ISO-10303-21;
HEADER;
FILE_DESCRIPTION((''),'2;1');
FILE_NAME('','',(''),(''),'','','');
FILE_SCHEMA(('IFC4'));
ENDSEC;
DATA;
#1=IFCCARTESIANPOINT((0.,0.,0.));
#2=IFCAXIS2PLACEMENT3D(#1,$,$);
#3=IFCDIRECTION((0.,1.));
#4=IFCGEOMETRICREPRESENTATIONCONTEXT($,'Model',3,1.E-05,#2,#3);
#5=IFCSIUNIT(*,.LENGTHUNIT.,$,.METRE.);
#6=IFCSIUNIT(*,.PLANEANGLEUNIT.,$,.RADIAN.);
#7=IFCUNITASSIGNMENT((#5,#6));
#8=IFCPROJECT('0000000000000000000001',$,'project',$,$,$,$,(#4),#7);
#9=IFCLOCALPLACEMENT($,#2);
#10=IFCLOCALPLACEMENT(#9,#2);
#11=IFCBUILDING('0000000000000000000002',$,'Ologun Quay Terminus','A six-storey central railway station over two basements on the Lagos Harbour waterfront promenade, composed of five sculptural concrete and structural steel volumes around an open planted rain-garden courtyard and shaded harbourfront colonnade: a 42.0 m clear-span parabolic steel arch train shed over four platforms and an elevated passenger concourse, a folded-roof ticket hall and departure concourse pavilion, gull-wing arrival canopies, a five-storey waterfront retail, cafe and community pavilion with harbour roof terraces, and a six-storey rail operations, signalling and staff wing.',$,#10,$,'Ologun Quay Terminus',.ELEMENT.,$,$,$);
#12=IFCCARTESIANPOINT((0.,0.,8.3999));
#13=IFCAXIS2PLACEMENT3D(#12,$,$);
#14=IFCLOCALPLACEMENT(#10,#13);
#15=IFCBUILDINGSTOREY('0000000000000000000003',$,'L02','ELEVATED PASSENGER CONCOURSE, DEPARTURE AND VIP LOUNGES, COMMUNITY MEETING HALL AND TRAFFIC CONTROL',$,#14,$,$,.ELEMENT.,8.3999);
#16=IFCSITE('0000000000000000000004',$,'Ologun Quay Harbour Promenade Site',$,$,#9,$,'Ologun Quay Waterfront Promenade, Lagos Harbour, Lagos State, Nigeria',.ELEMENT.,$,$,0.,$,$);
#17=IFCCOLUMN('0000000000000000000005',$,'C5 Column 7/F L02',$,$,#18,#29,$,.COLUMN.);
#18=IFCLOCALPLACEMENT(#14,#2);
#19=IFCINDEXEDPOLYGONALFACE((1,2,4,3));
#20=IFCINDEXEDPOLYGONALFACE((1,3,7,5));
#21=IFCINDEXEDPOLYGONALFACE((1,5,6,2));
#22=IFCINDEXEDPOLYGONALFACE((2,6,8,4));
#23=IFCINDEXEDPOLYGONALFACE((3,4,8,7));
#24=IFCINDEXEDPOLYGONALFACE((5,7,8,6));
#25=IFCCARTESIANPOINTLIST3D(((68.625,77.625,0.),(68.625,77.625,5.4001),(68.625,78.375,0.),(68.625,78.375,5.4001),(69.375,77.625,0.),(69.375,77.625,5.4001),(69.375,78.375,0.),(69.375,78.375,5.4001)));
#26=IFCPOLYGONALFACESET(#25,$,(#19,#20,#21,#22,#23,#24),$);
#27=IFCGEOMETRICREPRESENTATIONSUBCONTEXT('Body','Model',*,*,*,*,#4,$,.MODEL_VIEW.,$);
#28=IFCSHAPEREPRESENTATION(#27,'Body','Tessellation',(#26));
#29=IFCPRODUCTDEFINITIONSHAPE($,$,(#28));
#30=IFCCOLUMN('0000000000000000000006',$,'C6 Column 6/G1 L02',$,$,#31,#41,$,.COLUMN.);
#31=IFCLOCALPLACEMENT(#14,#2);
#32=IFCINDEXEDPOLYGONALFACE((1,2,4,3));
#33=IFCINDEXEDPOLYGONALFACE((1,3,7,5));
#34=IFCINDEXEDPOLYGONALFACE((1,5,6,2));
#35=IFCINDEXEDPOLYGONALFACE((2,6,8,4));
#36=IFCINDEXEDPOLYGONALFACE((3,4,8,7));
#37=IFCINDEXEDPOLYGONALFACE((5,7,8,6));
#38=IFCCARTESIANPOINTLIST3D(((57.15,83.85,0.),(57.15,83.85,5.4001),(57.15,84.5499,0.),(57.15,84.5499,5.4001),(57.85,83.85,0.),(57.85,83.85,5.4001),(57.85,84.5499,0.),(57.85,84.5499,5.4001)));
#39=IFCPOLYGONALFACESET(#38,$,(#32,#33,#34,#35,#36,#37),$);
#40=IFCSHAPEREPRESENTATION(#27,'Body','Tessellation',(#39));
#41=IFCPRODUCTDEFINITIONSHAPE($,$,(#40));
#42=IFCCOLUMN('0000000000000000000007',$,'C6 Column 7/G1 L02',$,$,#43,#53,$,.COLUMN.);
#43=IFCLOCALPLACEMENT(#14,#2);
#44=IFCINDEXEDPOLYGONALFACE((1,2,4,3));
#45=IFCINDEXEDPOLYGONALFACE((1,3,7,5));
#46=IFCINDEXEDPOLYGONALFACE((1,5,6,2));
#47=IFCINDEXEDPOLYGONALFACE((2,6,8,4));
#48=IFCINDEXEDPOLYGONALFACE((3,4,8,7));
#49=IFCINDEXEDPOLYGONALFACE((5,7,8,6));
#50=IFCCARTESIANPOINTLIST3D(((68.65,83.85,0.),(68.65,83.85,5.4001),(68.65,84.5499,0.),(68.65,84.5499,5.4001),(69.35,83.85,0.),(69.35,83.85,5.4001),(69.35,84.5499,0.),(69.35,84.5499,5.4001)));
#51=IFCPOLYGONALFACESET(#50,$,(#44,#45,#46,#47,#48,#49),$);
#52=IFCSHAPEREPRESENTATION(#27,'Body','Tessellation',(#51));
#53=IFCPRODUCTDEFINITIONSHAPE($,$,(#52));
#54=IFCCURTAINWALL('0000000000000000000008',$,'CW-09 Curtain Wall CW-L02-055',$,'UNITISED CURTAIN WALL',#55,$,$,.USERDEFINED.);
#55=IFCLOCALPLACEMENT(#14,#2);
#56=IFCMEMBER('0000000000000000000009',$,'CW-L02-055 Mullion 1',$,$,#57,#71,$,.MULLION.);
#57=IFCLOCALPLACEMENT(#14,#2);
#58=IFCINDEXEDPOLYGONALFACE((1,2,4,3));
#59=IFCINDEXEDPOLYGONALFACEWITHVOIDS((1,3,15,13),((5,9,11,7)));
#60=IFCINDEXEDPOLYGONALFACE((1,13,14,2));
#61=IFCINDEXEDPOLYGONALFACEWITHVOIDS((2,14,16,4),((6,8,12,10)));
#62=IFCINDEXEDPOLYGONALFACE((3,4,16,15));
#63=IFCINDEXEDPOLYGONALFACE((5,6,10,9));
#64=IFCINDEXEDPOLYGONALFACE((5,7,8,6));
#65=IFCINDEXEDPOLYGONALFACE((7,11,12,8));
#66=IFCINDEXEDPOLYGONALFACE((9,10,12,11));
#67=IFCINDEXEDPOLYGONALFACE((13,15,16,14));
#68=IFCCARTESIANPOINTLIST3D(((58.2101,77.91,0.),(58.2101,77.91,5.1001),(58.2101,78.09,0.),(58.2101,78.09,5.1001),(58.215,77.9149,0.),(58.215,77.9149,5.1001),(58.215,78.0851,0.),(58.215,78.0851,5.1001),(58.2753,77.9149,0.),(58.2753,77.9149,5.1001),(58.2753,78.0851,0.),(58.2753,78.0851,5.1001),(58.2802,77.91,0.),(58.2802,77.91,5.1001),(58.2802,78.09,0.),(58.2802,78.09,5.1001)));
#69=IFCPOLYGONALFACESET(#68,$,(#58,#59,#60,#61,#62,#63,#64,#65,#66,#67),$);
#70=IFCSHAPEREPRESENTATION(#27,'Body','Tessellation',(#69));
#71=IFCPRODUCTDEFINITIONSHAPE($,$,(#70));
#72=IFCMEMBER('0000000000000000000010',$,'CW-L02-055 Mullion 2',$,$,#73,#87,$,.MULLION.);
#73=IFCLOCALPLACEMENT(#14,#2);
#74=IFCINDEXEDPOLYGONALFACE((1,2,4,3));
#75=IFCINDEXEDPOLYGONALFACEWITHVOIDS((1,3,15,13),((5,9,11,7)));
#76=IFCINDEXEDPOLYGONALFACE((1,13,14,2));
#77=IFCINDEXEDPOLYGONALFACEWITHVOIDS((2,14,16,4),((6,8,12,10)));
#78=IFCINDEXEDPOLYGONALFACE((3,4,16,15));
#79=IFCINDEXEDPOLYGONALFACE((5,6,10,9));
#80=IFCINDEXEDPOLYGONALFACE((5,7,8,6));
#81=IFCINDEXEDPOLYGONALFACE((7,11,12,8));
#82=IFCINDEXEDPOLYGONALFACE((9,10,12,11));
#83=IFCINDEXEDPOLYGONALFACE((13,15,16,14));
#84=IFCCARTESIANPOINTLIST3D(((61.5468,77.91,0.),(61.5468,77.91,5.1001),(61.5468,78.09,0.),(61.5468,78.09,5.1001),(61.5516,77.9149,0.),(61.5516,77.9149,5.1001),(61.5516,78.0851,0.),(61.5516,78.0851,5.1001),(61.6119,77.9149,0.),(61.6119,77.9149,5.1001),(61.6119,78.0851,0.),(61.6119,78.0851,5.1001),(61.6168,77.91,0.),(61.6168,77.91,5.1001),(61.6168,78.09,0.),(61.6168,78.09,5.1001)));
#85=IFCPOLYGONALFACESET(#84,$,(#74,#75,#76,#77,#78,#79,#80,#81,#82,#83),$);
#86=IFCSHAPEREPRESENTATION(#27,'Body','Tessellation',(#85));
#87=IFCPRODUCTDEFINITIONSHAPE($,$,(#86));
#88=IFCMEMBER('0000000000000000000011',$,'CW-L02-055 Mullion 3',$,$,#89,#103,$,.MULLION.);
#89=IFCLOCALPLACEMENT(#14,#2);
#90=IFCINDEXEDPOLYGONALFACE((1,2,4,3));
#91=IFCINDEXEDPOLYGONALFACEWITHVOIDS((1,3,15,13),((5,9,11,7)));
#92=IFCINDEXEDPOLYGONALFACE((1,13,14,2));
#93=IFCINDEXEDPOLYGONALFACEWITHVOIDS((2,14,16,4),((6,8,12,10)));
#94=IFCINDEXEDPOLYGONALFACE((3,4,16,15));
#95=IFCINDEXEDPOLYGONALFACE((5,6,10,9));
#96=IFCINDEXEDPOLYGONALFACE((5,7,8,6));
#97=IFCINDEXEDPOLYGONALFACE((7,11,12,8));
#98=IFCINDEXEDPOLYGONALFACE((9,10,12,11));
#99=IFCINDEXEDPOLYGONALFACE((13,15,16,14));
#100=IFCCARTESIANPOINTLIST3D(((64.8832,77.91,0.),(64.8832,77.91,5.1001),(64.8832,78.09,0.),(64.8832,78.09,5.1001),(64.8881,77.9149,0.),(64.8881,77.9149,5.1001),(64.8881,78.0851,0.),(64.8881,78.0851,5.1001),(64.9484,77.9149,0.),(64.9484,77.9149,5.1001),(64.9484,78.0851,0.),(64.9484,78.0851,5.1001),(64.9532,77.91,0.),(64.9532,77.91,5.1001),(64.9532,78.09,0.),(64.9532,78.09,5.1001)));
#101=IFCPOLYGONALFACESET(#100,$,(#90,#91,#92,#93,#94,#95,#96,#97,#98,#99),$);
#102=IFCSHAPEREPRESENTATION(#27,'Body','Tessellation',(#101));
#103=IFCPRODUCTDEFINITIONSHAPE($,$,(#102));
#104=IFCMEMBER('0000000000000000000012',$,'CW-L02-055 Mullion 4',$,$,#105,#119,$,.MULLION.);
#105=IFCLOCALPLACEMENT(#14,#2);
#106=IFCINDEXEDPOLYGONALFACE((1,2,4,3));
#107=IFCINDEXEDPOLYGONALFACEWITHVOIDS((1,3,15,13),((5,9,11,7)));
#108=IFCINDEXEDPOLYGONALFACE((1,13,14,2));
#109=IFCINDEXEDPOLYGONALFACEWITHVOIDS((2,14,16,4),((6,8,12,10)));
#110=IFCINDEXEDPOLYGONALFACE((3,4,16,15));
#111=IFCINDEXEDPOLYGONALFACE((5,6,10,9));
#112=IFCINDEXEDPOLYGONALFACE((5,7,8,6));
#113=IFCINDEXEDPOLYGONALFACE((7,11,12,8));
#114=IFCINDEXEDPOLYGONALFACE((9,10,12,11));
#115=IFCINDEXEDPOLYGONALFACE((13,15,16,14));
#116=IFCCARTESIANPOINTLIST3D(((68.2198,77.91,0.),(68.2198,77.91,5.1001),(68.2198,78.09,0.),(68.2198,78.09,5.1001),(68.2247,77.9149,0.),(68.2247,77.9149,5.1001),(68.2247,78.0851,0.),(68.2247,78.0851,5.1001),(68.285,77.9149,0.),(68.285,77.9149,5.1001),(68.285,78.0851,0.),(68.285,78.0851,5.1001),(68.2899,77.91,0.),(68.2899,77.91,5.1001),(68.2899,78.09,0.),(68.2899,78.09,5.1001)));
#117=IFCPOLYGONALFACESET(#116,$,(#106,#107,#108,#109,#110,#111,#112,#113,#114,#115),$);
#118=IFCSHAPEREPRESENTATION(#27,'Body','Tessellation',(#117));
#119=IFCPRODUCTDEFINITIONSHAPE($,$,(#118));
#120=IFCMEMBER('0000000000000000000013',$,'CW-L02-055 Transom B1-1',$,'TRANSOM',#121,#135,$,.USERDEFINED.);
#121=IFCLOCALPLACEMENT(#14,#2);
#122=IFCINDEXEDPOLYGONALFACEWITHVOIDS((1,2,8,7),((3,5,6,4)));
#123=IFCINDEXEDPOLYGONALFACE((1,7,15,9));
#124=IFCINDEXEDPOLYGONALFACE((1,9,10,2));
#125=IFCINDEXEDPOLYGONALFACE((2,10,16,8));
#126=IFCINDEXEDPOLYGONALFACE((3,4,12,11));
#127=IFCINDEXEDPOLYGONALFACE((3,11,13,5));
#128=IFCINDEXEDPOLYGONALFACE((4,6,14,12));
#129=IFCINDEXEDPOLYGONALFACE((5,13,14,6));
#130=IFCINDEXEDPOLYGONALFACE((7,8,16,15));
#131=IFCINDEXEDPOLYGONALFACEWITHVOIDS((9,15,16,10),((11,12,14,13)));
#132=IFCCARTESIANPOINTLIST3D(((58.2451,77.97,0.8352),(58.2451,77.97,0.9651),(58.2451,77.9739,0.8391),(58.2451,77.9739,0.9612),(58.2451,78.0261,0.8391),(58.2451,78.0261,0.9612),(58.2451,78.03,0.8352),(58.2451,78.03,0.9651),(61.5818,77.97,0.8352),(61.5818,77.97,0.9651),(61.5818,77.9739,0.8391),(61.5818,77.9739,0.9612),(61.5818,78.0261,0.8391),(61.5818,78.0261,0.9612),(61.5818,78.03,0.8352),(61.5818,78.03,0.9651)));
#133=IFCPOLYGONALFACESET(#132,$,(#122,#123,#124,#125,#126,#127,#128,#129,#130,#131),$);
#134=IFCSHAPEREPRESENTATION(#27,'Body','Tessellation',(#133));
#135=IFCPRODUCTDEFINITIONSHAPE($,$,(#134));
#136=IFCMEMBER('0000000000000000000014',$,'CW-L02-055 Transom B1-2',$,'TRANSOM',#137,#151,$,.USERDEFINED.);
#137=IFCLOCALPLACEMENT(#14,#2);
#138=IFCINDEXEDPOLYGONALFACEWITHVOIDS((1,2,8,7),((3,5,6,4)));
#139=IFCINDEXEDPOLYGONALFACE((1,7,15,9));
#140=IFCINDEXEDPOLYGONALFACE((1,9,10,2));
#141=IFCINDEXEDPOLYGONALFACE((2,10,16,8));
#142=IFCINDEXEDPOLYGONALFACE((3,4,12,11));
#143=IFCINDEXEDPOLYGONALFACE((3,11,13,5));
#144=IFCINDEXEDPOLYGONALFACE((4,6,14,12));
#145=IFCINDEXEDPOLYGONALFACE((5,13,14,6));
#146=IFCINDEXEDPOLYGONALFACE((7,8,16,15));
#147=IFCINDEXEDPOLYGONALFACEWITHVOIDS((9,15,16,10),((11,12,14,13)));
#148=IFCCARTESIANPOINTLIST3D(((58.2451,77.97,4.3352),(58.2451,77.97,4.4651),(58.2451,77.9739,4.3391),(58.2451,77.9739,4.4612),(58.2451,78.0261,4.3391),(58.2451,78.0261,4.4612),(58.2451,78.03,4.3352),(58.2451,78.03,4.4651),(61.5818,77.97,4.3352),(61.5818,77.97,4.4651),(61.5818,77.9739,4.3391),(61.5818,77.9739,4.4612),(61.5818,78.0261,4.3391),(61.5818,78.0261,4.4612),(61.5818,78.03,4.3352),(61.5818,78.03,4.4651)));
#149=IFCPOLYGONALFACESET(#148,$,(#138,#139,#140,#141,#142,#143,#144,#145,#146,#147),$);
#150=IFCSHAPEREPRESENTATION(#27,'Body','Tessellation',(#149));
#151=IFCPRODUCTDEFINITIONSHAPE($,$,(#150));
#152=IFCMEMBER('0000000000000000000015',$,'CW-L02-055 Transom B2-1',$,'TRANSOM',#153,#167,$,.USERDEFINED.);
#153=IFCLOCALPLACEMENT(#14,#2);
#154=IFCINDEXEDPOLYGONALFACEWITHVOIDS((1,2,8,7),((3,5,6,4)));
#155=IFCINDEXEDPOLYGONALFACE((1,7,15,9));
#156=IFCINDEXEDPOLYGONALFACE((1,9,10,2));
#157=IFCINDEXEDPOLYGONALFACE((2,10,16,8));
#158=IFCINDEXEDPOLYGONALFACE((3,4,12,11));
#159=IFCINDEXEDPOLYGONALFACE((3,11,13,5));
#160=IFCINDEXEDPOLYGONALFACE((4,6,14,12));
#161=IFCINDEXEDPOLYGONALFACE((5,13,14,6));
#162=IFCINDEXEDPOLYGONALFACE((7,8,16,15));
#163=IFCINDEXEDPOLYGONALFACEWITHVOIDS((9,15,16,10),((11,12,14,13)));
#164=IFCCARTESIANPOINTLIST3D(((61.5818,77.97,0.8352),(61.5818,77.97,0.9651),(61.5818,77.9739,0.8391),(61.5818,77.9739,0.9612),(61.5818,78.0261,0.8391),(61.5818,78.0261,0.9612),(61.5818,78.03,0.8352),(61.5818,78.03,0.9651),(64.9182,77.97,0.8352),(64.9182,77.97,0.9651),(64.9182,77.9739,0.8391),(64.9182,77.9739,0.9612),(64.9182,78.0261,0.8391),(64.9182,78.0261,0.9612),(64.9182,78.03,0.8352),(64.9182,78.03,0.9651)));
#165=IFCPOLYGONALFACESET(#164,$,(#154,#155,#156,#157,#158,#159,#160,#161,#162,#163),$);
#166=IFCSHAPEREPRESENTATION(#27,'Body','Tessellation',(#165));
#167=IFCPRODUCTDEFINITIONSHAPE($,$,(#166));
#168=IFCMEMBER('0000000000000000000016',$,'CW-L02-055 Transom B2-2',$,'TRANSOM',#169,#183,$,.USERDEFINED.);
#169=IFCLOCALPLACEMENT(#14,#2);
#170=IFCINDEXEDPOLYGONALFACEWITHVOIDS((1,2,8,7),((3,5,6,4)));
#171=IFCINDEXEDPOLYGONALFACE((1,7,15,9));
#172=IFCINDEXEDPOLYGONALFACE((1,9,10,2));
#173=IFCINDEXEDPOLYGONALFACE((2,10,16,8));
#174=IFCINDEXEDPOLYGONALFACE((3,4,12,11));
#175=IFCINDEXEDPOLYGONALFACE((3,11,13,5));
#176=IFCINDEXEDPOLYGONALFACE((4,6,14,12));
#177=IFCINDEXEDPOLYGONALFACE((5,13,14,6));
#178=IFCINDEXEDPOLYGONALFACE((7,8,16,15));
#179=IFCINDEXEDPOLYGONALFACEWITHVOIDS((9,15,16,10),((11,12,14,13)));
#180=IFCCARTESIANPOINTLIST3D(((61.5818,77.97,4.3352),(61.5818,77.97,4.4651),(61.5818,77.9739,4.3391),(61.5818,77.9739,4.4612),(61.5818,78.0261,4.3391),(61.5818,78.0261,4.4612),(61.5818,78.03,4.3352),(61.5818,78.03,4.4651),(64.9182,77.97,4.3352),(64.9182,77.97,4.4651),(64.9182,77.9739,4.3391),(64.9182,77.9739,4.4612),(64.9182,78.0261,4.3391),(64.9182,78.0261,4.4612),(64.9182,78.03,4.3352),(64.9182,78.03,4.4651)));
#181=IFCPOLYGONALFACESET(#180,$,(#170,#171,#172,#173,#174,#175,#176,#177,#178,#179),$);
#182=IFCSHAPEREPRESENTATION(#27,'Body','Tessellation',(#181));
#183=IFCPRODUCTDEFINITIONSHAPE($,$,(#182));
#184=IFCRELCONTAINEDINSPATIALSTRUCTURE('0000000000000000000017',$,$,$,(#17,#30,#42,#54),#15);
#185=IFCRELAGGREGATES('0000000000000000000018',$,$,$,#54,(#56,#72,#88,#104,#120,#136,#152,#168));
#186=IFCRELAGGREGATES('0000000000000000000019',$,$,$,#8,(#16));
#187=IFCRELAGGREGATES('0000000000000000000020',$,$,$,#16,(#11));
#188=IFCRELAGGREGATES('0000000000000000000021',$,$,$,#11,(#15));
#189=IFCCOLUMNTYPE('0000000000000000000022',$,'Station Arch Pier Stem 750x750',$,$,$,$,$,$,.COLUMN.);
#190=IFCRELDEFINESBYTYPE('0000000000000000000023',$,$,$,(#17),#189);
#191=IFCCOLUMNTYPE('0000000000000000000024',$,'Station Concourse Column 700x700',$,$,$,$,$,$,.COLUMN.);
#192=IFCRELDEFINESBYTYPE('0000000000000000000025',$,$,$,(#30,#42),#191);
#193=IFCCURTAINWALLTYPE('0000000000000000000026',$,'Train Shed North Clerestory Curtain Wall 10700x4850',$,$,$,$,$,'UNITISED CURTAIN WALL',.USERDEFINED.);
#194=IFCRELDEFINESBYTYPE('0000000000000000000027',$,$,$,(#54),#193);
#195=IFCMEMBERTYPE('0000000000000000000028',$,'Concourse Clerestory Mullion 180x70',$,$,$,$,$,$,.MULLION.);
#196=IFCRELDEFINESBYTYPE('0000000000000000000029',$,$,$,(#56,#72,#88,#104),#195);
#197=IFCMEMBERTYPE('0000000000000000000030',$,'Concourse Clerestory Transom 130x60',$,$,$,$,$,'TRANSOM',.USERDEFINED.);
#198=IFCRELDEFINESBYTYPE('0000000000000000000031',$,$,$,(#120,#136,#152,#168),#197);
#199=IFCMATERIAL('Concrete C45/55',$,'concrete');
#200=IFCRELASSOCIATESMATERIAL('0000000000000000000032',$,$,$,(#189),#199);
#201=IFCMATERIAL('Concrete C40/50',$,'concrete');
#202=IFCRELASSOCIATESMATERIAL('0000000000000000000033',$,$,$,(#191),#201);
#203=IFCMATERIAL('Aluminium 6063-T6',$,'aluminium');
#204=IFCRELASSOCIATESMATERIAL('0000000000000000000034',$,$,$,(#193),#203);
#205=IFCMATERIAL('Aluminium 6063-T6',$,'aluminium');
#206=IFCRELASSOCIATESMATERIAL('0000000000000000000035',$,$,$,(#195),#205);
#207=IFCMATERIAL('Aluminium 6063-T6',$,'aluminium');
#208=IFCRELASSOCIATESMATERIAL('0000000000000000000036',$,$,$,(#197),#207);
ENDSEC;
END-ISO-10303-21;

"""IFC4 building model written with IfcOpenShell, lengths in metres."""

from ifc_helpers import new_model, si_unit, direction, frame, origin, origin_2d, place, context, subcontext, project, spatial, rectangle, hollow_rectangle, extrude, material, material_profile, profile_set, type_object, element, aggregate, save


model = new_model("IFC4")

# Units and contexts
model_context = context("Model", 3, precision=1e-05, world=origin(), true_north=direction((0.0, 1.0)))
body_context = subcontext(model_context, "Body", "Model", "MODEL_VIEW")
ifc_project = project(units=[si_unit("LENGTHUNIT", "METRE"), si_unit("PLANEANGLEUNIT", "RADIAN")], contexts=[model_context])

# Site, building, storey
site_placement = place(None, origin())
site = spatial("IfcSite", under=ifc_project, at=site_placement, Name="Ologun Quay Harbour Promenade Site", LongName="Ologun Quay Waterfront Promenade, Lagos Harbour, Lagos State, Nigeria", CompositionType="ELEMENT", RefElevation=0.0)
building_placement = place(site_placement, origin())
building = spatial("IfcBuilding", under=site, at=building_placement, Name="Ologun Quay Terminus", Description="A six-storey central railway station over two basements on the Lagos Harbour waterfront promenade, composed of five sculptural concrete and structural steel volumes around an open planted rain-garden courtyard and shaded harbourfront colonnade: a 42.0 m clear-span parabolic steel arch train shed over four platforms and an elevated passenger concourse, a folded-roof ticket hall and departure concourse pavilion, gull-wing arrival canopies, a five-storey waterfront retail, cafe and community pavilion with harbour roof terraces, and a six-storey rail operations, signalling and staff wing.", LongName="Ologun Quay Terminus", CompositionType="ELEMENT")
storey_placement = place(building_placement, frame((0.0, 0.0, 8.3999)))
storey = spatial("IfcBuildingStorey", under=building, at=storey_placement, Name="L02", Description="ELEVATED PASSENGER CONCOURSE, DEPARTURE AND VIP LOUNGES, COMMUNITY MEETING HALL AND TRAFFIC CONTROL", CompositionType="ELEMENT", Elevation=8.3999)

# Columns
ifc_material_1 = material(Name="Concrete C45/55", Category="concrete")
ifc_material_profile_1 = material_profile(ifc_material_1, rectangle(XDim=0.75, YDim=0.75, at=origin_2d()), Name="RC 750x750")
ifc_profile_set_1 = profile_set([ifc_material_profile_1], Name="Concrete C45/55")
column_type_1 = type_object("IfcColumnType", Name="Station Arch Pier Stem 750x750", PredefinedType="COLUMN", material=ifc_profile_set_1)
column_placement = place(storey_placement, frame((69.0, 78.0, 0.0), z_axis=(0.0, 0.0, 1.0), x_axis=(1.0, 0.0, 0.0)))
element("IfcColumn", 1, at=column_placement, inside=storey, type_object=column_type_1, Name="C5 Column 7/F L02", PredefinedType="COLUMN", context=body_context, shape_type="SweptSolid", body=[
    extrude(rectangle(XDim=0.75, YDim=0.75, at=origin_2d()), origin(), (0.0, 0.0, 1.0), 5.4001),
])
ifc_material_2 = material(Name="Concrete C40/50", Category="concrete")
ifc_material_profile_2 = material_profile(ifc_material_2, rectangle(XDim=0.7, YDim=0.7, at=origin_2d()), Name="RC 700x700")
ifc_profile_set_2 = profile_set([ifc_material_profile_2], Name="Concrete C40/50")
column_type_2 = type_object("IfcColumnType", Name="Station Concourse Column 700x700", PredefinedType="COLUMN", material=ifc_profile_set_2)
for number, where, z_axis, x_axis, name in (
    (2, (57.5, 84.2, 0.0), (0.0, 0.0, 1.0), (1.0, 0.0, 0.0), "C6 Column 6/G1 L02"),
    (3, (69.0, 84.2, 0.0), (0.0, 0.0, 1.0), (1.0, 0.0, 0.0), "C6 Column 7/G1 L02"),
):
    element("IfcColumn", number, at=place(storey_placement, frame(where, z_axis=z_axis, x_axis=x_axis)), inside=storey, type_object=column_type_2, Name=name, PredefinedType="COLUMN", context=body_context, shape_type="SweptSolid", body=[
        extrude(rectangle(XDim=0.7, YDim=0.7, at=origin_2d()), origin(), (0.0, 0.0, 1.0), 5.4001),
    ])

# Curtain wall, members
ifc_material_3 = material(Name="Aluminium 6063-T6", Category="aluminium")
curtain_wall_type = type_object("IfcCurtainWallType", Name="Train Shed North Clerestory Curtain Wall 10700x4850", ElementType="UNITISED CURTAIN WALL", PredefinedType="USERDEFINED", material=ifc_material_3)
curtain_wall_placement = place(storey_placement, origin())
curtain_wall = element("IfcCurtainWall", 4, at=curtain_wall_placement, inside=storey, type_object=curtain_wall_type, Name="CW-09 Curtain Wall CW-L02-055", ObjectType="UNITISED CURTAIN WALL", PredefinedType="USERDEFINED")
ifc_material_4 = material(Name="Aluminium 6063-T6", Category="aluminium")
ifc_material_profile_3 = material_profile(ifc_material_4, hollow_rectangle(XDim=0.0701, YDim=0.1799, WallThickness=0.0049, at=origin_2d()), Name="ALU 180x70x5")
ifc_profile_set_3 = profile_set([ifc_material_profile_3], Name="Aluminium 6063-T6")
member_type_1 = type_object("IfcMemberType", Name="Concourse Clerestory Mullion 180x70", PredefinedType="MULLION", material=ifc_profile_set_3)
member_1_placement = place(storey_placement, frame((58.2451, 78.0, 0.0), z_axis=(0.0, 0.0, 1.0), x_axis=(1.0, 0.0, 0.0)))
member_1 = element("IfcMember", 5, at=member_1_placement, type_object=member_type_1, Name="CW-L02-055 Mullion 1", PredefinedType="MULLION", context=body_context, shape_type="SweptSolid", body=[
    extrude(hollow_rectangle(XDim=0.0701, YDim=0.1799, WallThickness=0.0049, at=origin_2d()), origin(), (0.0, 0.0, 1.0), 5.1001),
])
member_2_placement = place(storey_placement, frame((61.5818, 78.0, 0.0), z_axis=(0.0, 0.0, 1.0), x_axis=(1.0, 0.0, 0.0)))
member_2 = element("IfcMember", 6, at=member_2_placement, type_object=member_type_1, Name="CW-L02-055 Mullion 2", PredefinedType="MULLION", context=body_context, shape_type="SweptSolid", body=[
    extrude(hollow_rectangle(XDim=0.0701, YDim=0.1799, WallThickness=0.0049, at=origin_2d()), origin(), (0.0, 0.0, 1.0), 5.1001),
])
member_3_placement = place(storey_placement, frame((64.9182, 78.0, 0.0), z_axis=(0.0, 0.0, 1.0), x_axis=(1.0, 0.0, 0.0)))
member_3 = element("IfcMember", 7, at=member_3_placement, type_object=member_type_1, Name="CW-L02-055 Mullion 3", PredefinedType="MULLION", context=body_context, shape_type="SweptSolid", body=[
    extrude(hollow_rectangle(XDim=0.0701, YDim=0.1799, WallThickness=0.0049, at=origin_2d()), origin(), (0.0, 0.0, 1.0), 5.1001),
])
member_4_placement = place(storey_placement, frame((68.2549, 78.0, 0.0), z_axis=(0.0, 0.0, 1.0), x_axis=(1.0, 0.0, 0.0)))
member_4 = element("IfcMember", 8, at=member_4_placement, type_object=member_type_1, Name="CW-L02-055 Mullion 4", PredefinedType="MULLION", context=body_context, shape_type="SweptSolid", body=[
    extrude(hollow_rectangle(XDim=0.0701, YDim=0.1799, WallThickness=0.0049, at=origin_2d()), origin(), (0.0, 0.0, 1.0), 5.1001),
])
ifc_material_5 = material(Name="Aluminium 6063-T6", Category="aluminium")
ifc_material_profile_4 = material_profile(ifc_material_5, hollow_rectangle(XDim=0.0601, YDim=0.1299, WallThickness=0.0039, at=origin_2d()), Name="ALU 130x60x4")
ifc_profile_set_4 = profile_set([ifc_material_profile_4], Name="Aluminium 6063-T6")
member_type_2 = type_object("IfcMemberType", Name="Concourse Clerestory Transom 130x60", ElementType="TRANSOM", PredefinedType="USERDEFINED", material=ifc_profile_set_4)
member_5_placement = place(storey_placement, frame((58.2451, 78.0, 0.9001), z_axis=(1.0, 0.0, 0.0), x_axis=(0.0, 1.0, 0.0)))
member_5 = element("IfcMember", 9, at=member_5_placement, type_object=member_type_2, Name="CW-L02-055 Transom B1-1", ObjectType="TRANSOM", PredefinedType="USERDEFINED", context=body_context, shape_type="SweptSolid", body=[
    extrude(hollow_rectangle(XDim=0.0601, YDim=0.1299, WallThickness=0.0039, at=origin_2d()), origin(), (0.0, 0.0, 1.0), 3.3367),
])
member_6_placement = place(storey_placement, frame((58.2451, 78.0, 4.4001), z_axis=(1.0, 0.0, 0.0), x_axis=(0.0, 1.0, 0.0)))
member_6 = element("IfcMember", 10, at=member_6_placement, type_object=member_type_2, Name="CW-L02-055 Transom B1-2", ObjectType="TRANSOM", PredefinedType="USERDEFINED", context=body_context, shape_type="SweptSolid", body=[
    extrude(hollow_rectangle(XDim=0.0601, YDim=0.1299, WallThickness=0.0039, at=origin_2d()), origin(), (0.0, 0.0, 1.0), 3.3367),
])
member_7_placement = place(storey_placement, frame((61.5818, 78.0, 0.9001), z_axis=(1.0, 0.0, 0.0), x_axis=(0.0, 1.0, 0.0)))
member_7 = element("IfcMember", 11, at=member_7_placement, type_object=member_type_2, Name="CW-L02-055 Transom B2-1", ObjectType="TRANSOM", PredefinedType="USERDEFINED", context=body_context, shape_type="SweptSolid", body=[
    extrude(hollow_rectangle(XDim=0.0601, YDim=0.1299, WallThickness=0.0039, at=origin_2d()), origin(), (0.0, 0.0, 1.0), 3.3364),
])
member_8_placement = place(storey_placement, frame((61.5818, 78.0, 4.4001), z_axis=(1.0, 0.0, 0.0), x_axis=(0.0, 1.0, 0.0)))
member_8 = element("IfcMember", 12, at=member_8_placement, type_object=member_type_2, Name="CW-L02-055 Transom B2-2", ObjectType="TRANSOM", PredefinedType="USERDEFINED", context=body_context, shape_type="SweptSolid", body=[
    extrude(hollow_rectangle(XDim=0.0601, YDim=0.1299, WallThickness=0.0039, at=origin_2d()), origin(), (0.0, 0.0, 1.0), 3.3364),
])

aggregate(curtain_wall, [member_1, member_2, member_3, member_4, member_5, member_6, member_7, member_8])

save(model, "model.ifc")
